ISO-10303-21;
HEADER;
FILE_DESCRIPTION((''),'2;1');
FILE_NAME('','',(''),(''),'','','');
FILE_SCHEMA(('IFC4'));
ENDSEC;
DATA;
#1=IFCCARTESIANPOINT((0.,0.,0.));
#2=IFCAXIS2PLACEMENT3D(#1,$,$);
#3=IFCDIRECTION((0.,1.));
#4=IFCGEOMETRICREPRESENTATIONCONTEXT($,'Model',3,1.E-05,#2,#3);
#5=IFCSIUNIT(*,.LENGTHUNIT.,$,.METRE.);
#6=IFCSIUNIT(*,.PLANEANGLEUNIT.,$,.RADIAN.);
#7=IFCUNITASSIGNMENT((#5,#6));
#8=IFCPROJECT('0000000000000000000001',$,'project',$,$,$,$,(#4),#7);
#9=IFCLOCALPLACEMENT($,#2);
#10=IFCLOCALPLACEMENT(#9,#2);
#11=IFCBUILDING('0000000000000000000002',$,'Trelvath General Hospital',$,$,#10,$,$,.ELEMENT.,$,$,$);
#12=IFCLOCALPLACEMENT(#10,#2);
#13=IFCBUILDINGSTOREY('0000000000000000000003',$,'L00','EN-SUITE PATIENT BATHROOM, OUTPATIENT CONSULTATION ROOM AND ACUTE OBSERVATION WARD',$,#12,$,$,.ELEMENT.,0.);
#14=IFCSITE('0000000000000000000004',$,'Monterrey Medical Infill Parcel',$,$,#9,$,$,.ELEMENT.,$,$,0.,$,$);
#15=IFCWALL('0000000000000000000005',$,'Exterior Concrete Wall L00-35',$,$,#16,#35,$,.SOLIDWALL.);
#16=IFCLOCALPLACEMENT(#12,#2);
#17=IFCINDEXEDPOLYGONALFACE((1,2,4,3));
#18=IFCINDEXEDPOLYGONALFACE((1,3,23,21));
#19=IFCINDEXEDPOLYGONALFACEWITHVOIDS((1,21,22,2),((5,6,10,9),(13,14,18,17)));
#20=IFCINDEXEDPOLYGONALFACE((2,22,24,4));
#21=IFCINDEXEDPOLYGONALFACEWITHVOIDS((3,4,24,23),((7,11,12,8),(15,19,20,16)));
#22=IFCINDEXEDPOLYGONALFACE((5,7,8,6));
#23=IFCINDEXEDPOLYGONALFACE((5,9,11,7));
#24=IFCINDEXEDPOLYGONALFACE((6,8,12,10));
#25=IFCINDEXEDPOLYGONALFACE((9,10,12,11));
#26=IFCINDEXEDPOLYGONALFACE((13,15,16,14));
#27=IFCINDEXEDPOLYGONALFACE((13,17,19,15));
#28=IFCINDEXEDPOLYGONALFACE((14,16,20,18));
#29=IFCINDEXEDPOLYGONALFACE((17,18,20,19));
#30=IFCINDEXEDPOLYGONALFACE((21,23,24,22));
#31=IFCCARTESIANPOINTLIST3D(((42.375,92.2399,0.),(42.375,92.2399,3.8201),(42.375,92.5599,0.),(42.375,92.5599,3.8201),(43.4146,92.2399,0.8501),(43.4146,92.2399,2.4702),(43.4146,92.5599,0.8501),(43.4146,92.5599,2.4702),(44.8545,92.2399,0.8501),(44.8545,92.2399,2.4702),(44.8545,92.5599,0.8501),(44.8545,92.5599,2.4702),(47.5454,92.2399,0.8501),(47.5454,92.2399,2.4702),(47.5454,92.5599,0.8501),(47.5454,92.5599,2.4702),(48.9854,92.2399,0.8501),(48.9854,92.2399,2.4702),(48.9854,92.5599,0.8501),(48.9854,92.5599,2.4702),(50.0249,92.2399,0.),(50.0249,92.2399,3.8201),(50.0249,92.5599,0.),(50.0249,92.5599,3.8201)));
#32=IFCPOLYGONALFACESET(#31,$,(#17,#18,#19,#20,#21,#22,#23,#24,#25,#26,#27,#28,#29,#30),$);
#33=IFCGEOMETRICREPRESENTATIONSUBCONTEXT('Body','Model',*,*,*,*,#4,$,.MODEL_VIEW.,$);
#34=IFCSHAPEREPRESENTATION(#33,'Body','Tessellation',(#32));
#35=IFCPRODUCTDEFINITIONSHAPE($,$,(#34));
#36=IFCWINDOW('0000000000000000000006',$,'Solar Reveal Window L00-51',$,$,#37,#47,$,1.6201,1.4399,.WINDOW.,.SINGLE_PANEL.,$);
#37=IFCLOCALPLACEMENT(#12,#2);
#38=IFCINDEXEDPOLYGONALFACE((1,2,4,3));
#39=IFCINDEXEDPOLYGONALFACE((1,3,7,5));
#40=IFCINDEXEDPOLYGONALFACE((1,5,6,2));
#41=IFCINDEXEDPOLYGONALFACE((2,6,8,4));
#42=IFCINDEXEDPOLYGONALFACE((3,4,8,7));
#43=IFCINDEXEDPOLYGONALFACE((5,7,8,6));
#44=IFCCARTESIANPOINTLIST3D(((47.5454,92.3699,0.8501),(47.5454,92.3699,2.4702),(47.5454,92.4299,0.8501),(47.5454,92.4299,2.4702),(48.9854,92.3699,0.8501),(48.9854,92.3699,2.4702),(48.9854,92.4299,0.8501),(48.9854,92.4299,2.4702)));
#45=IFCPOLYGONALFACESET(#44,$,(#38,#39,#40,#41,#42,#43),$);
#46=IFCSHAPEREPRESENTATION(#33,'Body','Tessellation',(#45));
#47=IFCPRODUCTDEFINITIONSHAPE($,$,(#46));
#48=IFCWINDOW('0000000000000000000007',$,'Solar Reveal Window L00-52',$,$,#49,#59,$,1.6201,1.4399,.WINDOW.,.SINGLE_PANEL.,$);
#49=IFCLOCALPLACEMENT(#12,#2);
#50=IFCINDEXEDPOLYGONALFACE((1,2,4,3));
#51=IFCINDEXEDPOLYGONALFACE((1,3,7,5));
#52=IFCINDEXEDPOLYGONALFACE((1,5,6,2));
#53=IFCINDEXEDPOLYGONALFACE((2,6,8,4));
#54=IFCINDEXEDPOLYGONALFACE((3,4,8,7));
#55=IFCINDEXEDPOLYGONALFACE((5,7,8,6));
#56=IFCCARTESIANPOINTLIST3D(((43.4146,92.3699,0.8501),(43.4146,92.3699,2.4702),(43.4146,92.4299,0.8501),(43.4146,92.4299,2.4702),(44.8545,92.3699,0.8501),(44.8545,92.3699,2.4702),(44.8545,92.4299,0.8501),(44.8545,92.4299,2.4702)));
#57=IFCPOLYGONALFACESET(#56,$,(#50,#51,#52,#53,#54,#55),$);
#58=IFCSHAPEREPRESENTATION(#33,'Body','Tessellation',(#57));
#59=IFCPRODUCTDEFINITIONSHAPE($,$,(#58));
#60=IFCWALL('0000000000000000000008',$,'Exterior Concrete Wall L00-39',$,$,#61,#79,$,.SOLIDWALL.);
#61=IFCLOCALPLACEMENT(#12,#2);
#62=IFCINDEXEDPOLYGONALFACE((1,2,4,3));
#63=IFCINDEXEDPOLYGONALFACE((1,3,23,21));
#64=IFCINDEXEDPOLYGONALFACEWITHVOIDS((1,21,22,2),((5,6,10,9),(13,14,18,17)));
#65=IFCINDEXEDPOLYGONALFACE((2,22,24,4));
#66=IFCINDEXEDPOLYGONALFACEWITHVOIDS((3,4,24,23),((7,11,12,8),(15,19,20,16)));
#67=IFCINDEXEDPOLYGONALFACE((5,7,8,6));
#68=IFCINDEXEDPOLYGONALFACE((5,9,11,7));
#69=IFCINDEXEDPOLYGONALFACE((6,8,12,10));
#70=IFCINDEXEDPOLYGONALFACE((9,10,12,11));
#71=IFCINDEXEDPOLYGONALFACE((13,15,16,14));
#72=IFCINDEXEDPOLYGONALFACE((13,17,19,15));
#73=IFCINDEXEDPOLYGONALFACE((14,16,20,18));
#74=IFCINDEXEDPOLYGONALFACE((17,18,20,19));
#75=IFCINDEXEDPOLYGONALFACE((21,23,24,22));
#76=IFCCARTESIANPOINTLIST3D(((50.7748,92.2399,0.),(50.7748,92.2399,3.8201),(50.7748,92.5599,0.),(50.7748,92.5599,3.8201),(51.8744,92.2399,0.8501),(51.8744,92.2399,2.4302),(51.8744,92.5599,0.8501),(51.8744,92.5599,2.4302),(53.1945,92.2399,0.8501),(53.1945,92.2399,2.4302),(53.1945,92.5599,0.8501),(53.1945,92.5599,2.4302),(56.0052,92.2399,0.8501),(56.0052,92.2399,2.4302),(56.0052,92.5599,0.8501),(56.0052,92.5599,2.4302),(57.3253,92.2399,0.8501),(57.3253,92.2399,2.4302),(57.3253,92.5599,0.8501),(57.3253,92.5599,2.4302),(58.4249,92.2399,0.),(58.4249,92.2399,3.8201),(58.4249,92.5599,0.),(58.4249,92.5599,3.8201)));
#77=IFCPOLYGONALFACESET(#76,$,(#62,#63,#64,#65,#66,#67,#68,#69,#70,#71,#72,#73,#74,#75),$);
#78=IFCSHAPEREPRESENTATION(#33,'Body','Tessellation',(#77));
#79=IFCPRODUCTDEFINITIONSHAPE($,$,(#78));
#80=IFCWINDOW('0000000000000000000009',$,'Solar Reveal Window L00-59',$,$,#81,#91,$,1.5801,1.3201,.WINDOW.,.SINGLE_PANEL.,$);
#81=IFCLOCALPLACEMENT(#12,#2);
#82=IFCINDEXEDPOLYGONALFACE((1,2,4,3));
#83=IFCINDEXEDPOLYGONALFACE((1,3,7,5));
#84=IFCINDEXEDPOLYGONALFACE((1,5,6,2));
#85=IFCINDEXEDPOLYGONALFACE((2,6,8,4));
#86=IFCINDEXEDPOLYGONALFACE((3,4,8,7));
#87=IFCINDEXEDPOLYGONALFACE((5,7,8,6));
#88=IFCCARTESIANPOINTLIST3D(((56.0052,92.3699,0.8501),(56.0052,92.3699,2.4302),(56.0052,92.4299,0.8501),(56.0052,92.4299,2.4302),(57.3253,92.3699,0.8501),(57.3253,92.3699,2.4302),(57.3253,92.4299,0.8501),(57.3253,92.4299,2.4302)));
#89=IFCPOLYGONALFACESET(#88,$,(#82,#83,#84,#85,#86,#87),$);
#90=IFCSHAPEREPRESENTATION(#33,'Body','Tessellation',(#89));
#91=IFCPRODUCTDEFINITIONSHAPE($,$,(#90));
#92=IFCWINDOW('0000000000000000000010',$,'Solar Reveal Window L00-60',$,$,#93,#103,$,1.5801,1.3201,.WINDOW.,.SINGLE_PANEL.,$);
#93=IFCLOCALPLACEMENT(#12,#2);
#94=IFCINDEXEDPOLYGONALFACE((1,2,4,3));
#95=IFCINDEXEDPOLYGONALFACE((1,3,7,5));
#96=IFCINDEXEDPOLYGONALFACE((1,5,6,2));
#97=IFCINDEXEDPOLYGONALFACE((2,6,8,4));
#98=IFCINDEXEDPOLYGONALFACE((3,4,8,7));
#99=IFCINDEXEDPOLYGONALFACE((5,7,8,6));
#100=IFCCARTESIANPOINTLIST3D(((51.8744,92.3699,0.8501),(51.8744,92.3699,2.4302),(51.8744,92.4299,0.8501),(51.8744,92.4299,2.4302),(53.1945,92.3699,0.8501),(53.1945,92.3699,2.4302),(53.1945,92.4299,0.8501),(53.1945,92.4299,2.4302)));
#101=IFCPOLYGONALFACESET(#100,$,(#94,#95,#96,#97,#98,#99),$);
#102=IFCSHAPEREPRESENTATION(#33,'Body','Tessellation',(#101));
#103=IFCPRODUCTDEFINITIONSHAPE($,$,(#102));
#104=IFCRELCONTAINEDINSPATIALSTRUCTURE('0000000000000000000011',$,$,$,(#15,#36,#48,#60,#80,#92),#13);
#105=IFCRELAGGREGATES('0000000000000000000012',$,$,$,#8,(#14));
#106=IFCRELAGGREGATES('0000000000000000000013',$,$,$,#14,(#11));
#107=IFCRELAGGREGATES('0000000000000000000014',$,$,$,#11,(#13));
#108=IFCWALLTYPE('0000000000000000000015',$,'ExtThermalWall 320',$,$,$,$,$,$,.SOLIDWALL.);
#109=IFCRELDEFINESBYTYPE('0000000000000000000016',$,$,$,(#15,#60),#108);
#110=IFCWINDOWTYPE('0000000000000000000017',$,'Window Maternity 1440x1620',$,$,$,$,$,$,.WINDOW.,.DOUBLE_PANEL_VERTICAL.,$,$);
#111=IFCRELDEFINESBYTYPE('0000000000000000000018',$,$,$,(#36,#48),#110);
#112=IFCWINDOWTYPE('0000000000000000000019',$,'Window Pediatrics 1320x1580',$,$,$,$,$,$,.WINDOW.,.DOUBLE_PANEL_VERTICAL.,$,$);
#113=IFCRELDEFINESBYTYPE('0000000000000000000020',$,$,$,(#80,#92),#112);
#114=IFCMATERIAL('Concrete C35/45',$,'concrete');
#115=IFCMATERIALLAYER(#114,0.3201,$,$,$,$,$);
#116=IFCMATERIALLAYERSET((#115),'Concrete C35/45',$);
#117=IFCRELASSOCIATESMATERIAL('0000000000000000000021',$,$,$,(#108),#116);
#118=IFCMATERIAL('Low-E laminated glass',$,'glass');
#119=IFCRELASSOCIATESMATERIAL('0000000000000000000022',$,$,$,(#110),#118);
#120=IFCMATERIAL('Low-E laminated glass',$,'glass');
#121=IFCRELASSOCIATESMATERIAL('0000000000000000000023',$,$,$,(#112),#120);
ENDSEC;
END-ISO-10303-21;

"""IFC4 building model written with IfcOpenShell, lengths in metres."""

from ifc_helpers import new_model, si_unit, direction, frame, frame_2d, origin, place, context, subcontext, project, spatial, rectangle, extrude, material, layer, layer_set, type_object, element, fill, save


model = new_model("IFC4")

# Units and contexts
model_context = context("Model", 3, precision=1e-05, world=origin(), true_north=direction((0.0, 1.0)))
body_context = subcontext(model_context, "Body", "Model", "MODEL_VIEW")
ifc_project = project(units=[si_unit("LENGTHUNIT", "METRE"), si_unit("PLANEANGLEUNIT", "RADIAN")], contexts=[model_context])

# Site, building, storey
site_placement = place(None, origin())
site = spatial("IfcSite", under=ifc_project, at=site_placement, Name="Monterrey Medical Infill Parcel", CompositionType="ELEMENT", RefElevation=0.0)
building_placement = place(site_placement, origin())
building = spatial("IfcBuilding", under=site, at=building_placement, Name="Trelvath General Hospital", CompositionType="ELEMENT")
storey_placement = place(building_placement, origin())
storey = spatial("IfcBuildingStorey", under=building, at=storey_placement, Name="L00", Description="EN-SUITE PATIENT BATHROOM, OUTPATIENT CONSULTATION ROOM AND ACUTE OBSERVATION WARD", CompositionType="ELEMENT", Elevation=0.0)

# Walls, openings, windows
ifc_material_1 = material(Name="Concrete C35/45", Category="concrete")
ifc_layer_1 = layer(ifc_material_1, 0.3201)
ifc_layer_set_1 = layer_set([ifc_layer_1], Name="Concrete C35/45")
wall_type_1 = type_object("IfcWallType", Name="ExtThermalWall 320", PredefinedType="SOLIDWALL", material=ifc_layer_set_1)
wall_1_placement = place(storey_placement, frame((50.0249, 92.3999, 0.0), z_axis=(0.0, 0.0, 1.0), x_axis=(-1.0, 0.0, 0.0)))
wall_1 = element("IfcWall", 1, at=wall_1_placement, inside=storey, type_object=wall_type_1, Name="Exterior Concrete Wall L00-35", PredefinedType="SOLIDWALL", context=body_context, shape_type="SweptSolid", body=[
    extrude(rectangle(XDim=7.6499, YDim=0.3201, at=frame_2d((3.825, 0.0))), origin(), (0.0, 0.0, 1.0), 3.8201),
])
opening_1_placement = place(wall_1_placement, frame((1.0396, 0.0, 0.8501)))
opening_1 = element("IfcOpeningElement", 2, at=opening_1_placement, cuts=wall_1, PredefinedType="OPENING", context=body_context, shape_type="SweptSolid", body=[
    extrude(rectangle(XDim=1.4399, YDim=1.6201, at=frame_2d((0.72, 0.8101))), frame((0.0, 0.1699, 0.0), z_axis=(0.0, -1.0, 0.0), x_axis=(1.0, 0.0, 0.0)), (0.0, 0.0, 1.0), 0.3401),
])
opening_2_placement = place(wall_1_placement, frame((5.1704, 0.0, 0.8501)))
opening_2 = element("IfcOpeningElement", 3, at=opening_2_placement, cuts=wall_1, PredefinedType="OPENING", context=body_context, shape_type="SweptSolid", body=[
    extrude(rectangle(XDim=1.4399, YDim=1.6201, at=frame_2d((0.72, 0.8101))), frame((0.0, 0.1699, 0.0), z_axis=(0.0, -1.0, 0.0), x_axis=(1.0, 0.0, 0.0)), (0.0, 0.0, 1.0), 0.3401),
])
ifc_material_2 = material(Name="Low-E laminated glass", Category="glass")
window_type_1 = type_object("IfcWindowType", Name="Window Maternity 1440x1620", PartitioningType="DOUBLE_PANEL_VERTICAL", PredefinedType="WINDOW", material=ifc_material_2)
window_1_placement = place(opening_1_placement, origin())
window_1 = element("IfcWindow", 4, at=window_1_placement, inside=storey, type_object=window_type_1, Name="Solar Reveal Window L00-51", OverallHeight=1.6201, OverallWidth=1.4399, PartitioningType="SINGLE_PANEL", PredefinedType="WINDOW", context=body_context, shape_type="SweptSolid", body=[
    extrude(rectangle(XDim=1.4399, YDim=1.6201, at=frame_2d((0.72, 0.8101))), frame((0.0, 0.03, 0.0), z_axis=(0.0, -1.0, 0.0), x_axis=(1.0, 0.0, 0.0)), (0.0, 0.0, 1.0), 0.0601),
])
fill(opening_1, window_1)
window_2_placement = place(opening_2_placement, origin())
window_2 = element("IfcWindow", 5, at=window_2_placement, inside=storey, type_object=window_type_1, Name="Solar Reveal Window L00-52", OverallHeight=1.6201, OverallWidth=1.4399, PartitioningType="SINGLE_PANEL", PredefinedType="WINDOW", context=body_context, shape_type="SweptSolid", body=[
    extrude(rectangle(XDim=1.4399, YDim=1.6201, at=frame_2d((0.72, 0.8101))), frame((0.0, 0.03, 0.0), z_axis=(0.0, -1.0, 0.0), x_axis=(1.0, 0.0, 0.0)), (0.0, 0.0, 1.0), 0.0601),
])
fill(opening_2, window_2)
wall_2_placement = place(storey_placement, frame((58.425, 92.3999, 0.0), z_axis=(0.0, 0.0, 1.0), x_axis=(-1.0, 0.0, 0.0)))
wall_2 = element("IfcWall", 6, at=wall_2_placement, inside=storey, type_object=wall_type_1, Name="Exterior Concrete Wall L00-39", PredefinedType="SOLIDWALL", context=body_context, shape_type="SweptSolid", body=[
    extrude(rectangle(XDim=7.6501, YDim=0.3201, at=frame_2d((3.8252, 0.0))), origin(), (0.0, 0.0, 1.0), 3.8201),
])
opening_3_placement = place(wall_2_placement, frame((1.0996, 0.0, 0.8501)))
opening_3 = element("IfcOpeningElement", 7, at=opening_3_placement, cuts=wall_2, PredefinedType="OPENING", context=body_context, shape_type="SweptSolid", body=[
    extrude(rectangle(XDim=1.3201, YDim=1.5801, at=frame_2d((0.6602, 0.79))), frame((0.0, 0.1699, 0.0), z_axis=(0.0, -1.0, 0.0), x_axis=(1.0, 0.0, 0.0)), (0.0, 0.0, 1.0), 0.3401),
])
opening_4_placement = place(wall_2_placement, frame((5.2305, 0.0, 0.8501)))
opening_4 = element("IfcOpeningElement", 8, at=opening_4_placement, cuts=wall_2, PredefinedType="OPENING", context=body_context, shape_type="SweptSolid", body=[
    extrude(rectangle(XDim=1.3201, YDim=1.5801, at=frame_2d((0.6602, 0.79))), frame((0.0, 0.1699, 0.0), z_axis=(0.0, -1.0, 0.0), x_axis=(1.0, 0.0, 0.0)), (0.0, 0.0, 1.0), 0.3401),
])
ifc_material_3 = material(Name="Low-E laminated glass", Category="glass")
window_type_2 = type_object("IfcWindowType", Name="Window Pediatrics 1320x1580", PartitioningType="DOUBLE_PANEL_VERTICAL", PredefinedType="WINDOW", material=ifc_material_3)
window_3_placement = place(opening_3_placement, origin())
window_3 = element("IfcWindow", 9, at=window_3_placement, inside=storey, type_object=window_type_2, Name="Solar Reveal Window L00-59", OverallHeight=1.5801, OverallWidth=1.3201, PartitioningType="SINGLE_PANEL", PredefinedType="WINDOW", context=body_context, shape_type="SweptSolid", body=[
    extrude(rectangle(XDim=1.3201, YDim=1.5801, at=frame_2d((0.6602, 0.79))), frame((0.0, 0.03, 0.0), z_axis=(0.0, -1.0, 0.0), x_axis=(1.0, 0.0, 0.0)), (0.0, 0.0, 1.0), 0.0601),
])
fill(opening_3, window_3)
window_4_placement = place(opening_4_placement, origin())
window_4 = element("IfcWindow", 10, at=window_4_placement, inside=storey, type_object=window_type_2, Name="Solar Reveal Window L00-60", OverallHeight=1.5801, OverallWidth=1.3201, PartitioningType="SINGLE_PANEL", PredefinedType="WINDOW", context=body_context, shape_type="SweptSolid", body=[
    extrude(rectangle(XDim=1.3201, YDim=1.5801, at=frame_2d((0.6602, 0.79))), frame((0.0, 0.03, 0.0), z_axis=(0.0, -1.0, 0.0), x_axis=(1.0, 0.0, 0.0)), (0.0, 0.0, 1.0), 0.0601),
])
fill(opening_4, window_4)

save(model, "model.ifc")
